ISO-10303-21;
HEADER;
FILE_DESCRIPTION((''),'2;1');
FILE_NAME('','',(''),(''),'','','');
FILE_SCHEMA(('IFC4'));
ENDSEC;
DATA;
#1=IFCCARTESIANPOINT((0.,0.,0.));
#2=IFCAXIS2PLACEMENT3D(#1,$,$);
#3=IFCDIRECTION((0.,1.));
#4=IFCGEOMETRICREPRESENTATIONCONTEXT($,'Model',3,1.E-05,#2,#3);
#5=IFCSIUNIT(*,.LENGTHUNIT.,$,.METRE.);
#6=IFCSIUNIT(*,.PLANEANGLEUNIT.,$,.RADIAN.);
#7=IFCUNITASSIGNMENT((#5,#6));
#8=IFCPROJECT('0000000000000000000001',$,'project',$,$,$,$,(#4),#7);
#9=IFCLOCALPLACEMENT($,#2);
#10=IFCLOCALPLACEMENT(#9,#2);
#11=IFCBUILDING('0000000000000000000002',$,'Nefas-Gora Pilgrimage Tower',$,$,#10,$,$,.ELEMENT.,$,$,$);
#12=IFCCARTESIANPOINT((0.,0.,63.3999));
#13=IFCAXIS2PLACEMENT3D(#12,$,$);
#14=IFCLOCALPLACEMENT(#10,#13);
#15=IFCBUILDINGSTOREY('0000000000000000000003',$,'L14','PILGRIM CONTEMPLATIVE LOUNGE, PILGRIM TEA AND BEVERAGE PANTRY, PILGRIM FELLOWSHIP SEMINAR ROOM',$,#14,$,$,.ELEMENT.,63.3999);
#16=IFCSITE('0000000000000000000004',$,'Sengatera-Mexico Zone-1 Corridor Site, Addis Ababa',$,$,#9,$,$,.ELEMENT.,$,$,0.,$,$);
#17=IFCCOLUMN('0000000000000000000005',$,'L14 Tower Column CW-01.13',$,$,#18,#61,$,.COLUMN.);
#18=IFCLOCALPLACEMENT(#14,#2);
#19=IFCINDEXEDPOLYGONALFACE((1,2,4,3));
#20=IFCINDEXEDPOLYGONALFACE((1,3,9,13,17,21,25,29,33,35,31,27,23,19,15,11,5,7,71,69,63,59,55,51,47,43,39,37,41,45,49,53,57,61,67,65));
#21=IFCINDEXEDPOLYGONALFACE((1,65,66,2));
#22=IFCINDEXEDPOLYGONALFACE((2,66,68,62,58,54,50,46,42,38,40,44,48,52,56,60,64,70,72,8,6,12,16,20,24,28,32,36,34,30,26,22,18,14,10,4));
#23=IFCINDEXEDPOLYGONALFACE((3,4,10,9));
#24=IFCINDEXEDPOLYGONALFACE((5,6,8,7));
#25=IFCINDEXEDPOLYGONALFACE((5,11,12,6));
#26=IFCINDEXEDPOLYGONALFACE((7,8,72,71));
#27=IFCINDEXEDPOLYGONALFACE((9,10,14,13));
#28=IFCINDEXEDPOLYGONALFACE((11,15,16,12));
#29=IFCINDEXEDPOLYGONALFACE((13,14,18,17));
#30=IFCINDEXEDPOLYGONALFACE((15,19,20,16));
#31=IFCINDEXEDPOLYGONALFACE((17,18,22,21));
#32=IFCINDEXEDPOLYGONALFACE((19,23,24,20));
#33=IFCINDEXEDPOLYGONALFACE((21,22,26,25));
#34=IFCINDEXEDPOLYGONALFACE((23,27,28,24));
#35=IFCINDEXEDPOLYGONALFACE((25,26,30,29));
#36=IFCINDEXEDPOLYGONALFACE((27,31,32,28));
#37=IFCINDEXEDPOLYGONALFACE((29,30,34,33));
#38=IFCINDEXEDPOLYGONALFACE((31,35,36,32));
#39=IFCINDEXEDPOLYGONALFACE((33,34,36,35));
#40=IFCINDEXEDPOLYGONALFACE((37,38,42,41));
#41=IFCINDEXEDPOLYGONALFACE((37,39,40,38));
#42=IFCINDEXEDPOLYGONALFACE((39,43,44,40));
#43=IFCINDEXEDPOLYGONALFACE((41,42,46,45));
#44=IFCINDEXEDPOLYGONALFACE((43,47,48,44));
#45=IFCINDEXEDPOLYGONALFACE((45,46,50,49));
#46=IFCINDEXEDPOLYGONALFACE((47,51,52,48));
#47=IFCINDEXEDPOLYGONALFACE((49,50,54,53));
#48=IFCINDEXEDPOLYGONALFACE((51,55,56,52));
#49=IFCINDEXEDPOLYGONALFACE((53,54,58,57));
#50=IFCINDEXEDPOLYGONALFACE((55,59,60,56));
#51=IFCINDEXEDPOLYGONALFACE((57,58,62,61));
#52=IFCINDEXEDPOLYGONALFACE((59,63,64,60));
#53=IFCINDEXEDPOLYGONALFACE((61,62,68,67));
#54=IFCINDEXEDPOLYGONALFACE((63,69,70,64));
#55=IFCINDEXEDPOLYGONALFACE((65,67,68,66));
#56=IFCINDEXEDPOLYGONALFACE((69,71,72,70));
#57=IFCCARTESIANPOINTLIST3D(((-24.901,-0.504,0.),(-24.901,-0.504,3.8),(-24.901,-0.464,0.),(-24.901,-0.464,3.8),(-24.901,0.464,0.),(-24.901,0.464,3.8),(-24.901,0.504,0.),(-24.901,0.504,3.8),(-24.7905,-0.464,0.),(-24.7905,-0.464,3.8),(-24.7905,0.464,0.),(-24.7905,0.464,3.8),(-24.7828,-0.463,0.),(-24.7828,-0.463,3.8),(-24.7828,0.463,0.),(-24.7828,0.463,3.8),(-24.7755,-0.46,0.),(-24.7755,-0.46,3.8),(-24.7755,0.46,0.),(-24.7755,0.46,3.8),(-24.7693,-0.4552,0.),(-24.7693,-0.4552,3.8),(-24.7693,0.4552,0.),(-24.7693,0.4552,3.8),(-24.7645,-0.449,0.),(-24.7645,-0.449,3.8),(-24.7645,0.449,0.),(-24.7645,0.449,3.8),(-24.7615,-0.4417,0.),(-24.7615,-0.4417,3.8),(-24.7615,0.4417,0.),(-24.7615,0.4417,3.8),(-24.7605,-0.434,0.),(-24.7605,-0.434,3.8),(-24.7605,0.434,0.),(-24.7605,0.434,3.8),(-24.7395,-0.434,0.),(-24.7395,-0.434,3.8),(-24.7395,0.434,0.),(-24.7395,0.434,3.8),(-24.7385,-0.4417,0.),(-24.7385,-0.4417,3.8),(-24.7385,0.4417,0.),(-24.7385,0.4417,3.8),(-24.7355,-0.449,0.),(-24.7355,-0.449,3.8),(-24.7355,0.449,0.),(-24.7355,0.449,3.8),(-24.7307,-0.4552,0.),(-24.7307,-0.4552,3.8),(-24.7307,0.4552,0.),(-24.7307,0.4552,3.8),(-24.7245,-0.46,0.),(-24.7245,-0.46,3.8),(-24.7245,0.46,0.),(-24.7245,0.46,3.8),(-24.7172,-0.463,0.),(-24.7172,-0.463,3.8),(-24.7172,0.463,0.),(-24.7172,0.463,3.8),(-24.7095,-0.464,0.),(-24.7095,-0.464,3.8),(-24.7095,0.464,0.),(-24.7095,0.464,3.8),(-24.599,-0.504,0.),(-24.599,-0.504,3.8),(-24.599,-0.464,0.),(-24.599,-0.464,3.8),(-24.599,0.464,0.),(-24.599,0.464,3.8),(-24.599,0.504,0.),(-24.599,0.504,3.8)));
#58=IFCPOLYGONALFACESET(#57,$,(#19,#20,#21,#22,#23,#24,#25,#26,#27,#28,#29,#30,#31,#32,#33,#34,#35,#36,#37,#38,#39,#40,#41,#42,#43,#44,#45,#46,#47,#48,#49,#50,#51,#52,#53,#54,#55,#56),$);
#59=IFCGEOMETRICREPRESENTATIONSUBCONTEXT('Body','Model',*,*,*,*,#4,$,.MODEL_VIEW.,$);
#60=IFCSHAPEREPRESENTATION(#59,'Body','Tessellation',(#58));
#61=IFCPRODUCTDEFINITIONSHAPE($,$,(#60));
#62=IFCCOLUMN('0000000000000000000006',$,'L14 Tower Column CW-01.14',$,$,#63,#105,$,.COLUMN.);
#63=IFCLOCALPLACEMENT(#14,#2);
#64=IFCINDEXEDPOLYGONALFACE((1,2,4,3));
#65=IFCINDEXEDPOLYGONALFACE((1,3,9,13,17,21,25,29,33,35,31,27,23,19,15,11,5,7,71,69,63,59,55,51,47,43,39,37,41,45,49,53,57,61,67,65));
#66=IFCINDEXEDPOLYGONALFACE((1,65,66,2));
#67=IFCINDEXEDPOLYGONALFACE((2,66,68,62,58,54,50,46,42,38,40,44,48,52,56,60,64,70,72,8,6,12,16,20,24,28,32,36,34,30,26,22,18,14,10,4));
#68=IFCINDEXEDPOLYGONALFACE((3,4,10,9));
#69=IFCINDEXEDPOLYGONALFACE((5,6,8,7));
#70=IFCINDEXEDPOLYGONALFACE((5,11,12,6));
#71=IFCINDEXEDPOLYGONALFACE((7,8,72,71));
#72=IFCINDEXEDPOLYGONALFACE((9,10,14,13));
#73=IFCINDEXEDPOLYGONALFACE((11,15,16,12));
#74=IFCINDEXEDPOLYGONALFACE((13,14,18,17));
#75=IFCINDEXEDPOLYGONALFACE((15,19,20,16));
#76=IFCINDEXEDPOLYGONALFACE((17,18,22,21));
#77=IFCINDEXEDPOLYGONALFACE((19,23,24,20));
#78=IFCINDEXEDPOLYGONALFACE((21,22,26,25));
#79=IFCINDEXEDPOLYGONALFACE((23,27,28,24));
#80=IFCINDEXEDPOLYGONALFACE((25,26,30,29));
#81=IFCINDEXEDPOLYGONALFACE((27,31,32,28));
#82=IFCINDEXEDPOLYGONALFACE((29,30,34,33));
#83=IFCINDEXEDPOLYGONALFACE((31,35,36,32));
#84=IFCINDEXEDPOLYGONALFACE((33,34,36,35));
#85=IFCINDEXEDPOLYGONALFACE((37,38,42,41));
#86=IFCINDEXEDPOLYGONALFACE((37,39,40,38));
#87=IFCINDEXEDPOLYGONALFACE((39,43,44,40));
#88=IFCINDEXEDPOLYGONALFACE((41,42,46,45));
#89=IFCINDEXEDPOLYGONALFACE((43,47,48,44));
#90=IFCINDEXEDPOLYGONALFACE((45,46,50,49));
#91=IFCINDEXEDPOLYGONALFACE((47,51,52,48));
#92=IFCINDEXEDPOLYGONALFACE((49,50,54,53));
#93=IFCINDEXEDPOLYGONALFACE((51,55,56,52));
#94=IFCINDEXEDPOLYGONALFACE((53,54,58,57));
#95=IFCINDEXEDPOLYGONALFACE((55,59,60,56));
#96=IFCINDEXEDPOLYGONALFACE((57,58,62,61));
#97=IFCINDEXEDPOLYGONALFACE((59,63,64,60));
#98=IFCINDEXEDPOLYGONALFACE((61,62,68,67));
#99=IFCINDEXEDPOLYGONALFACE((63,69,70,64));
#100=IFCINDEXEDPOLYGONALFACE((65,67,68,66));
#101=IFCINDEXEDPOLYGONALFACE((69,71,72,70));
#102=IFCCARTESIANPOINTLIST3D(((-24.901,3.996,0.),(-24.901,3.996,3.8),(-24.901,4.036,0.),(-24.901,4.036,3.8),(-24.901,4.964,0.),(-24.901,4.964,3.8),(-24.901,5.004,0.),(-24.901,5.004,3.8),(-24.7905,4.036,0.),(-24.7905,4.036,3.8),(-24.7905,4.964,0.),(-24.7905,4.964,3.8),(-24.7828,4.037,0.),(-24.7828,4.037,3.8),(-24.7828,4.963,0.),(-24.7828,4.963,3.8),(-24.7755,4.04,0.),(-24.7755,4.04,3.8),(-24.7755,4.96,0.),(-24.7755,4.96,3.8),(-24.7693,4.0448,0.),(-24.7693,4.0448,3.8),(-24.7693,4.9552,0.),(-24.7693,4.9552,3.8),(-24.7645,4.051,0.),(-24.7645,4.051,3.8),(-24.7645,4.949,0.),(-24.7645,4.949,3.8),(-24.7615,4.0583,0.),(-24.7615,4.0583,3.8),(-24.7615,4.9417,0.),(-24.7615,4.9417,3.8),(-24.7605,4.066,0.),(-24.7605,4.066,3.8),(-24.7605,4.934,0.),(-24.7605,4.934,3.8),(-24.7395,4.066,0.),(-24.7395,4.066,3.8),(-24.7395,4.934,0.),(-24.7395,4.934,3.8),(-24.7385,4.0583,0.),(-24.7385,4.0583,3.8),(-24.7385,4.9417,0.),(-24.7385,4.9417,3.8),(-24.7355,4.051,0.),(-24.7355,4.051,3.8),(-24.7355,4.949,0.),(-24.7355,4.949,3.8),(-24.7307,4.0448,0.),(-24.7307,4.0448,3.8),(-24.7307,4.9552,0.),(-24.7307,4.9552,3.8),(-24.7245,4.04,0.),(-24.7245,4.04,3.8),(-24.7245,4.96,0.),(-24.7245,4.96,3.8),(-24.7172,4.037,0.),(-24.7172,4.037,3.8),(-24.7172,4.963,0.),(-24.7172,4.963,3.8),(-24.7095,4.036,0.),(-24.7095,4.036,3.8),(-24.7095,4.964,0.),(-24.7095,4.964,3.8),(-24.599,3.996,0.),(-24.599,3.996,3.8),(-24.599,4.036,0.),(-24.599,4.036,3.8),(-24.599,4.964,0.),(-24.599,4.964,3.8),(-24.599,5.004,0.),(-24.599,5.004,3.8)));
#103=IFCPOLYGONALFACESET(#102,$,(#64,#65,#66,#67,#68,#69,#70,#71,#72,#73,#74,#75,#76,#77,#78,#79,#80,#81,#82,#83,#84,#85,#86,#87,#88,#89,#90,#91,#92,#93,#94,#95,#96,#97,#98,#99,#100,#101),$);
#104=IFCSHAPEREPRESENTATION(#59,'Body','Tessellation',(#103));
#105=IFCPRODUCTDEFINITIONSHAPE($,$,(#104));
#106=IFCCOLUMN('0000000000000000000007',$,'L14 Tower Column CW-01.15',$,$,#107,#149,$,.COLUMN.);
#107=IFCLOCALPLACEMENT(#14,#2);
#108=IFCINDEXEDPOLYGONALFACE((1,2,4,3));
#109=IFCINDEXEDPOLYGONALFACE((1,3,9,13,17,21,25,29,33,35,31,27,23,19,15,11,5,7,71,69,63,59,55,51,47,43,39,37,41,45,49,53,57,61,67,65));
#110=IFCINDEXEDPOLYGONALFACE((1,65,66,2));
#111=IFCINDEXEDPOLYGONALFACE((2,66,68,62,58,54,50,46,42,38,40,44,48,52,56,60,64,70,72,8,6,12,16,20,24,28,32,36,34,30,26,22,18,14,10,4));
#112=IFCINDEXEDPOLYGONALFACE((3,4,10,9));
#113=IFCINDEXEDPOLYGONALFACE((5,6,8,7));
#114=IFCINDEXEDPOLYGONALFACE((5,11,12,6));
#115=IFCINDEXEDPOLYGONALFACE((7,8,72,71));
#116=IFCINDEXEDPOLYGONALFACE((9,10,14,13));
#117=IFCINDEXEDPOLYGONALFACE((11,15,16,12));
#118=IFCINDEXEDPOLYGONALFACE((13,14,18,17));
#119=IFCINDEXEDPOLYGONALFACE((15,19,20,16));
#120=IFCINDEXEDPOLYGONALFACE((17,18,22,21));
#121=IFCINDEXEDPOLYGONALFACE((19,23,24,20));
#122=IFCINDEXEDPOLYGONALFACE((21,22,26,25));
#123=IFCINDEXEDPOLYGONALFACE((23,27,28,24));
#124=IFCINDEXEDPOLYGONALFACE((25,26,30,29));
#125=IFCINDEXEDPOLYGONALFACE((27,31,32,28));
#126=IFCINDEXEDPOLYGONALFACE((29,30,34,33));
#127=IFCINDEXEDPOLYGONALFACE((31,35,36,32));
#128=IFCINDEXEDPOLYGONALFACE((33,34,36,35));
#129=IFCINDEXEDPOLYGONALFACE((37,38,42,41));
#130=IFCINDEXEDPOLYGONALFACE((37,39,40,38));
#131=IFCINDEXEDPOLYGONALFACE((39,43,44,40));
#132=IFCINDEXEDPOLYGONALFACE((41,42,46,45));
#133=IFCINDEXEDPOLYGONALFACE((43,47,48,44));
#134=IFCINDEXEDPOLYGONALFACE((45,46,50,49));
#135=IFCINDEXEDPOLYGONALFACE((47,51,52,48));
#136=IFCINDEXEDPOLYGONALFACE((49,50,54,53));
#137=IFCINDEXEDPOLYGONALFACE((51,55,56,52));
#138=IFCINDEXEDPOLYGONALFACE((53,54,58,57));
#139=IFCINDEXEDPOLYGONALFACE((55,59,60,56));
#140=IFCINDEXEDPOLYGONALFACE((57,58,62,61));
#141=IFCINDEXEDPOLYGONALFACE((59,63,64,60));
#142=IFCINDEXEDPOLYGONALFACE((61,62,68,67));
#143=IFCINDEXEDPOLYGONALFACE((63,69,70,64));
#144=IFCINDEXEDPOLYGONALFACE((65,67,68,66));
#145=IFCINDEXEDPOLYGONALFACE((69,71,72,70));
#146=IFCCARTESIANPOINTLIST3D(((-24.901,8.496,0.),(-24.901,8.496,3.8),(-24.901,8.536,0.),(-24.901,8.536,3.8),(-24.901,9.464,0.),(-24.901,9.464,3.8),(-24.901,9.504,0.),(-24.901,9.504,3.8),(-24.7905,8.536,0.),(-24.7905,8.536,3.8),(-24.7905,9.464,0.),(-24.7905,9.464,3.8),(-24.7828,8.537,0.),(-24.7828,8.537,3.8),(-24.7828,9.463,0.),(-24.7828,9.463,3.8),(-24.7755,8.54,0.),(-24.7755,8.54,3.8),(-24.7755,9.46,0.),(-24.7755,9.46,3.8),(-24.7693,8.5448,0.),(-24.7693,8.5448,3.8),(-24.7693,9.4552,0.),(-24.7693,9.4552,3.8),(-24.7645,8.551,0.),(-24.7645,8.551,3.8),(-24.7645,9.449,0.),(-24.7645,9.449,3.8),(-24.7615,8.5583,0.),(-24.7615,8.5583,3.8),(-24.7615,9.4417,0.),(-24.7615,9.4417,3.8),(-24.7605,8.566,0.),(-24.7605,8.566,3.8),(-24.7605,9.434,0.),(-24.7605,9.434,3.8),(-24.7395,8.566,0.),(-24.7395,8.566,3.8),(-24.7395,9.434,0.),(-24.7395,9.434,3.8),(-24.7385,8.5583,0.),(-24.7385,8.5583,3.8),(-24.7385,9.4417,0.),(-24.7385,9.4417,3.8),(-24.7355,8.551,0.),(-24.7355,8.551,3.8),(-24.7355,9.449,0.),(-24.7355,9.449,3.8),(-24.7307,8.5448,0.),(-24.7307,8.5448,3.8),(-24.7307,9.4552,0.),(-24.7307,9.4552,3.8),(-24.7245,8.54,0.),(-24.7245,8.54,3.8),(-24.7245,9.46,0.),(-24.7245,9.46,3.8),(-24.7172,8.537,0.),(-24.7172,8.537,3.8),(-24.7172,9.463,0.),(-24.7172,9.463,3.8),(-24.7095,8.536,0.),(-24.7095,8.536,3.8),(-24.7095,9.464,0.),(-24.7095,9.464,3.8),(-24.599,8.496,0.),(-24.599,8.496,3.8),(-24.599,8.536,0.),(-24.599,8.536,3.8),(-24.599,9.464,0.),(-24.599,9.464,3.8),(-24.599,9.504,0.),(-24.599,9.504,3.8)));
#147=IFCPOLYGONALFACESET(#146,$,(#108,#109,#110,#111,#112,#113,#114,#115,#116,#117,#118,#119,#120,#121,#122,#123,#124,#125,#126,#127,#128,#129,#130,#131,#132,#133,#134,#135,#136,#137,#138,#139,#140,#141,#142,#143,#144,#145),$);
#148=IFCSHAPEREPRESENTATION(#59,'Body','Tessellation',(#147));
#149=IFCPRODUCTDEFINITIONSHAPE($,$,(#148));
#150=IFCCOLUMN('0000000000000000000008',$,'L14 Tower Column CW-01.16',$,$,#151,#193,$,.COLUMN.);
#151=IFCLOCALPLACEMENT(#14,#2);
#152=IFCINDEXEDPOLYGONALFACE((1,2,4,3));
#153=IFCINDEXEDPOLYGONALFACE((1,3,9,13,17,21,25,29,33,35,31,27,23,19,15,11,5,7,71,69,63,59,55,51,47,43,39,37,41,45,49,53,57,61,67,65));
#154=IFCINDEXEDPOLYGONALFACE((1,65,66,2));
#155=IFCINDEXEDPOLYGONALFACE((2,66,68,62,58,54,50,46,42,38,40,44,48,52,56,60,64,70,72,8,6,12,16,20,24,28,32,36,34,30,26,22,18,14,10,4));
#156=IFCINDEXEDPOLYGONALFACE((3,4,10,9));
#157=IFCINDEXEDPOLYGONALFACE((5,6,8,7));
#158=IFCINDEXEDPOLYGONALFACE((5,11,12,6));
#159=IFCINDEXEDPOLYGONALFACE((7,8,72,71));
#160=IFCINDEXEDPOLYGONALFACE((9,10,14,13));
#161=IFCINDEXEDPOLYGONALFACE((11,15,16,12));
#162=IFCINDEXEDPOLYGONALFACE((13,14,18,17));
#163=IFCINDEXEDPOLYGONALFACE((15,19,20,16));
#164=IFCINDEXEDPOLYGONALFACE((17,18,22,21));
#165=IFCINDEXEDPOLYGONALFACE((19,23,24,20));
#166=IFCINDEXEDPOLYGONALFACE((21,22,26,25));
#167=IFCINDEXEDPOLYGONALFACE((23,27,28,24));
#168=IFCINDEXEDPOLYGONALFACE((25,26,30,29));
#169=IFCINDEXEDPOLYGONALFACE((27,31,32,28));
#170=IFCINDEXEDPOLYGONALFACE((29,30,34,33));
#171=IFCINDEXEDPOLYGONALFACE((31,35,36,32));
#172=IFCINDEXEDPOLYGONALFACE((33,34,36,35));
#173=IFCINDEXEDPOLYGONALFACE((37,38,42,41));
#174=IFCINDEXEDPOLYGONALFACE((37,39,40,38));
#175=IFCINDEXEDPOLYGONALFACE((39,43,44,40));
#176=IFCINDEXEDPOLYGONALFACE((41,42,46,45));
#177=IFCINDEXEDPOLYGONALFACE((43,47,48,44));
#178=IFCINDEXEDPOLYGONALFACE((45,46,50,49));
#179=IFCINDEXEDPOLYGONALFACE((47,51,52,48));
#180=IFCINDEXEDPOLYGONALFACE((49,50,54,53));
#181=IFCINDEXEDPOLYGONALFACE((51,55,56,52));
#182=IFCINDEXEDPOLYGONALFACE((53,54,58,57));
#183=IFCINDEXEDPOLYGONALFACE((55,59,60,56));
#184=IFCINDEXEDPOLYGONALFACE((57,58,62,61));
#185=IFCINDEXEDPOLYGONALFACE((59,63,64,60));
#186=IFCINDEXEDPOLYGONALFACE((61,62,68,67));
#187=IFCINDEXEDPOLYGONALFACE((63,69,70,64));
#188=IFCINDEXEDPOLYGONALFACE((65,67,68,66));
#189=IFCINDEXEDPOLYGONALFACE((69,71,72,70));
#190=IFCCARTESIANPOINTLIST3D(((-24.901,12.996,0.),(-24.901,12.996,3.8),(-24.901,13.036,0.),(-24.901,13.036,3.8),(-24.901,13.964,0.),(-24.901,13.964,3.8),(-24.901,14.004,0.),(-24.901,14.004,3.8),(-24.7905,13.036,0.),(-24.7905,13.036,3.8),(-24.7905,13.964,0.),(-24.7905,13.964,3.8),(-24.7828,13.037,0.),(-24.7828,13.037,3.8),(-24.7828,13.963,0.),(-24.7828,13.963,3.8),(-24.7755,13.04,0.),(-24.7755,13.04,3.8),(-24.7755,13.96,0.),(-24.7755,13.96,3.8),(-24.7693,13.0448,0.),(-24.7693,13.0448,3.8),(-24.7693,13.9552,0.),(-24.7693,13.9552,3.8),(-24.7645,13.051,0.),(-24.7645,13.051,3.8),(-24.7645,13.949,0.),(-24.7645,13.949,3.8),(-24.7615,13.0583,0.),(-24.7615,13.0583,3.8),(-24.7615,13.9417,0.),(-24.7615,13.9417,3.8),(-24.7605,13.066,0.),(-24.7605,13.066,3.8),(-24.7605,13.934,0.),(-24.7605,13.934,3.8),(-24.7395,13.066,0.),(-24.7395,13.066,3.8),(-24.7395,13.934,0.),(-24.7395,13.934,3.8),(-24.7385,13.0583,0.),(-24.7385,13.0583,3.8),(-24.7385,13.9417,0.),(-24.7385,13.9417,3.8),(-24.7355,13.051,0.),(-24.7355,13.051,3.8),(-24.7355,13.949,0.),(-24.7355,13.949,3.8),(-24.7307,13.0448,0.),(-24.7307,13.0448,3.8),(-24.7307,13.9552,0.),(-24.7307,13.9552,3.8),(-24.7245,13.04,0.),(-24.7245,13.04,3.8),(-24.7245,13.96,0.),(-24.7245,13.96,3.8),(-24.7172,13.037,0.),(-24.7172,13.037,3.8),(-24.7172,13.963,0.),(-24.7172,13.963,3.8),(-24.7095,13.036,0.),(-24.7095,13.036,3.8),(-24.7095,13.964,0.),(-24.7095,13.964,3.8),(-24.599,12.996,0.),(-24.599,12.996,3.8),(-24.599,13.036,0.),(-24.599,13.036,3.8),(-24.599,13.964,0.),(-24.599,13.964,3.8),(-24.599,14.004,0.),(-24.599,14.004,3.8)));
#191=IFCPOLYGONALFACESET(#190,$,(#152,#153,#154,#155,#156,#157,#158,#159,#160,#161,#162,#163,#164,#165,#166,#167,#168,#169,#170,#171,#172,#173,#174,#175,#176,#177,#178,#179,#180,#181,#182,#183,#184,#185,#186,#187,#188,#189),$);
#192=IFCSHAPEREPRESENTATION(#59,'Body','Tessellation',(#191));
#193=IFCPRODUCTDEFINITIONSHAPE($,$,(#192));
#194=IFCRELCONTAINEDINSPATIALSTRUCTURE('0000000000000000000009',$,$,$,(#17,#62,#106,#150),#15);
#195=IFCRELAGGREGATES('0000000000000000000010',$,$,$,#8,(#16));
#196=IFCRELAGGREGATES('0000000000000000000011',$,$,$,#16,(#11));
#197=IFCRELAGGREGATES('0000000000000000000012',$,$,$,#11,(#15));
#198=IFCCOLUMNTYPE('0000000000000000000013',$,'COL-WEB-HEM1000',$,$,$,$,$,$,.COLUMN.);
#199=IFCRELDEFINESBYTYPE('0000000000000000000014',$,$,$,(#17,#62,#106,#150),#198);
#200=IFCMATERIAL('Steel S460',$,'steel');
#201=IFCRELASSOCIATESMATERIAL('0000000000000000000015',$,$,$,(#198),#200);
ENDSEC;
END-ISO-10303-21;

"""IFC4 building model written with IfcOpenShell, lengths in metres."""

from ifc_helpers import new_model, si_unit, direction, frame, origin, origin_2d, place, context, subcontext, project, spatial, i_section, extrude, source, transform, mapped, material, material_profile, profile_set, type_object, element, save


model = new_model("IFC4")

# Units and contexts
model_context = context("Model", 3, precision=1e-05, world=origin(), true_north=direction((0.0, 1.0)))
body_context = subcontext(model_context, "Body", "Model", "MODEL_VIEW")
ifc_project = project(units=[si_unit("LENGTHUNIT", "METRE"), si_unit("PLANEANGLEUNIT", "RADIAN")], contexts=[model_context])

# Site, building, storey
site_placement = place(None, origin())
site = spatial("IfcSite", under=ifc_project, at=site_placement, Name="Sengatera-Mexico Zone-1 Corridor Site, Addis Ababa", CompositionType="ELEMENT", RefElevation=0.0)
building_placement = place(site_placement, origin())
building = spatial("IfcBuilding", under=site, at=building_placement, Name="Nefas-Gora Pilgrimage Tower", CompositionType="ELEMENT")
storey_placement = place(building_placement, frame((0.0, 0.0, 63.3999)))
storey = spatial("IfcBuildingStorey", under=building, at=storey_placement, Name="L14", Description="PILGRIM CONTEMPLATIVE LOUNGE, PILGRIM TEA AND BEVERAGE PANTRY, PILGRIM FELLOWSHIP SEMINAR ROOM", CompositionType="ELEMENT", Elevation=63.3999)

# Columns
ifc_material_1 = material(Name="Steel S460", Category="steel")
ifc_material_profile_1 = material_profile(ifc_material_1, i_section(OverallWidth=0.302, OverallDepth=1.0081, WebThickness=0.021, FlangeThickness=0.04, FilletRadius=0.03, at=origin_2d()), Name="HEM 1000")
ifc_profile_set_1 = profile_set([ifc_material_profile_1], Name="Steel S460")
column_type_1 = type_object("IfcColumnType", Name="COL-WEB-HEM1000", PredefinedType="COLUMN", material=ifc_profile_set_1)
shared_shape_1 = source(origin(), body_context, "Body", "SweptSolid", [
    extrude(i_section(OverallWidth=0.302, OverallDepth=1.0081, WebThickness=0.021, FlangeThickness=0.04, FilletRadius=0.03, at=origin_2d()), origin(), (0.0, 0.0, 1.0), 3.8),
])
for number, where, z_axis, x_axis, name in (
    (1, (-24.75, 0.0, 0.0), (0.0, 0.0, 1.0), (1.0, 0.0, 0.0), "L14 Tower Column CW-01.13"),
    (2, (-24.75, 4.5, 0.0), (0.0, 0.0, 1.0), (1.0, 0.0, 0.0), "L14 Tower Column CW-01.14"),
    (3, (-24.75, 9.0, 0.0), (0.0, 0.0, 1.0), (1.0, 0.0, 0.0), "L14 Tower Column CW-01.15"),
    (4, (-24.75, 13.5, 0.0), (0.0, 0.0, 1.0), (1.0, 0.0, 0.0), "L14 Tower Column CW-01.16"),
):
    element("IfcColumn", number, at=place(storey_placement, frame(where, z_axis=z_axis, x_axis=x_axis)), inside=storey, type_object=column_type_1, Name=name, PredefinedType="COLUMN", context=body_context, shape_type="MappedRepresentation", body=[
        mapped(shared_shape_1, transform((0.0, 0.0, 0.0), x_axis=(1.0, 0.0, 0.0), y_axis=(0.0, 1.0, 0.0), z_axis=(0.0, 0.0, 1.0), scale=1.0)),
    ])

save(model, "model.ifc")
